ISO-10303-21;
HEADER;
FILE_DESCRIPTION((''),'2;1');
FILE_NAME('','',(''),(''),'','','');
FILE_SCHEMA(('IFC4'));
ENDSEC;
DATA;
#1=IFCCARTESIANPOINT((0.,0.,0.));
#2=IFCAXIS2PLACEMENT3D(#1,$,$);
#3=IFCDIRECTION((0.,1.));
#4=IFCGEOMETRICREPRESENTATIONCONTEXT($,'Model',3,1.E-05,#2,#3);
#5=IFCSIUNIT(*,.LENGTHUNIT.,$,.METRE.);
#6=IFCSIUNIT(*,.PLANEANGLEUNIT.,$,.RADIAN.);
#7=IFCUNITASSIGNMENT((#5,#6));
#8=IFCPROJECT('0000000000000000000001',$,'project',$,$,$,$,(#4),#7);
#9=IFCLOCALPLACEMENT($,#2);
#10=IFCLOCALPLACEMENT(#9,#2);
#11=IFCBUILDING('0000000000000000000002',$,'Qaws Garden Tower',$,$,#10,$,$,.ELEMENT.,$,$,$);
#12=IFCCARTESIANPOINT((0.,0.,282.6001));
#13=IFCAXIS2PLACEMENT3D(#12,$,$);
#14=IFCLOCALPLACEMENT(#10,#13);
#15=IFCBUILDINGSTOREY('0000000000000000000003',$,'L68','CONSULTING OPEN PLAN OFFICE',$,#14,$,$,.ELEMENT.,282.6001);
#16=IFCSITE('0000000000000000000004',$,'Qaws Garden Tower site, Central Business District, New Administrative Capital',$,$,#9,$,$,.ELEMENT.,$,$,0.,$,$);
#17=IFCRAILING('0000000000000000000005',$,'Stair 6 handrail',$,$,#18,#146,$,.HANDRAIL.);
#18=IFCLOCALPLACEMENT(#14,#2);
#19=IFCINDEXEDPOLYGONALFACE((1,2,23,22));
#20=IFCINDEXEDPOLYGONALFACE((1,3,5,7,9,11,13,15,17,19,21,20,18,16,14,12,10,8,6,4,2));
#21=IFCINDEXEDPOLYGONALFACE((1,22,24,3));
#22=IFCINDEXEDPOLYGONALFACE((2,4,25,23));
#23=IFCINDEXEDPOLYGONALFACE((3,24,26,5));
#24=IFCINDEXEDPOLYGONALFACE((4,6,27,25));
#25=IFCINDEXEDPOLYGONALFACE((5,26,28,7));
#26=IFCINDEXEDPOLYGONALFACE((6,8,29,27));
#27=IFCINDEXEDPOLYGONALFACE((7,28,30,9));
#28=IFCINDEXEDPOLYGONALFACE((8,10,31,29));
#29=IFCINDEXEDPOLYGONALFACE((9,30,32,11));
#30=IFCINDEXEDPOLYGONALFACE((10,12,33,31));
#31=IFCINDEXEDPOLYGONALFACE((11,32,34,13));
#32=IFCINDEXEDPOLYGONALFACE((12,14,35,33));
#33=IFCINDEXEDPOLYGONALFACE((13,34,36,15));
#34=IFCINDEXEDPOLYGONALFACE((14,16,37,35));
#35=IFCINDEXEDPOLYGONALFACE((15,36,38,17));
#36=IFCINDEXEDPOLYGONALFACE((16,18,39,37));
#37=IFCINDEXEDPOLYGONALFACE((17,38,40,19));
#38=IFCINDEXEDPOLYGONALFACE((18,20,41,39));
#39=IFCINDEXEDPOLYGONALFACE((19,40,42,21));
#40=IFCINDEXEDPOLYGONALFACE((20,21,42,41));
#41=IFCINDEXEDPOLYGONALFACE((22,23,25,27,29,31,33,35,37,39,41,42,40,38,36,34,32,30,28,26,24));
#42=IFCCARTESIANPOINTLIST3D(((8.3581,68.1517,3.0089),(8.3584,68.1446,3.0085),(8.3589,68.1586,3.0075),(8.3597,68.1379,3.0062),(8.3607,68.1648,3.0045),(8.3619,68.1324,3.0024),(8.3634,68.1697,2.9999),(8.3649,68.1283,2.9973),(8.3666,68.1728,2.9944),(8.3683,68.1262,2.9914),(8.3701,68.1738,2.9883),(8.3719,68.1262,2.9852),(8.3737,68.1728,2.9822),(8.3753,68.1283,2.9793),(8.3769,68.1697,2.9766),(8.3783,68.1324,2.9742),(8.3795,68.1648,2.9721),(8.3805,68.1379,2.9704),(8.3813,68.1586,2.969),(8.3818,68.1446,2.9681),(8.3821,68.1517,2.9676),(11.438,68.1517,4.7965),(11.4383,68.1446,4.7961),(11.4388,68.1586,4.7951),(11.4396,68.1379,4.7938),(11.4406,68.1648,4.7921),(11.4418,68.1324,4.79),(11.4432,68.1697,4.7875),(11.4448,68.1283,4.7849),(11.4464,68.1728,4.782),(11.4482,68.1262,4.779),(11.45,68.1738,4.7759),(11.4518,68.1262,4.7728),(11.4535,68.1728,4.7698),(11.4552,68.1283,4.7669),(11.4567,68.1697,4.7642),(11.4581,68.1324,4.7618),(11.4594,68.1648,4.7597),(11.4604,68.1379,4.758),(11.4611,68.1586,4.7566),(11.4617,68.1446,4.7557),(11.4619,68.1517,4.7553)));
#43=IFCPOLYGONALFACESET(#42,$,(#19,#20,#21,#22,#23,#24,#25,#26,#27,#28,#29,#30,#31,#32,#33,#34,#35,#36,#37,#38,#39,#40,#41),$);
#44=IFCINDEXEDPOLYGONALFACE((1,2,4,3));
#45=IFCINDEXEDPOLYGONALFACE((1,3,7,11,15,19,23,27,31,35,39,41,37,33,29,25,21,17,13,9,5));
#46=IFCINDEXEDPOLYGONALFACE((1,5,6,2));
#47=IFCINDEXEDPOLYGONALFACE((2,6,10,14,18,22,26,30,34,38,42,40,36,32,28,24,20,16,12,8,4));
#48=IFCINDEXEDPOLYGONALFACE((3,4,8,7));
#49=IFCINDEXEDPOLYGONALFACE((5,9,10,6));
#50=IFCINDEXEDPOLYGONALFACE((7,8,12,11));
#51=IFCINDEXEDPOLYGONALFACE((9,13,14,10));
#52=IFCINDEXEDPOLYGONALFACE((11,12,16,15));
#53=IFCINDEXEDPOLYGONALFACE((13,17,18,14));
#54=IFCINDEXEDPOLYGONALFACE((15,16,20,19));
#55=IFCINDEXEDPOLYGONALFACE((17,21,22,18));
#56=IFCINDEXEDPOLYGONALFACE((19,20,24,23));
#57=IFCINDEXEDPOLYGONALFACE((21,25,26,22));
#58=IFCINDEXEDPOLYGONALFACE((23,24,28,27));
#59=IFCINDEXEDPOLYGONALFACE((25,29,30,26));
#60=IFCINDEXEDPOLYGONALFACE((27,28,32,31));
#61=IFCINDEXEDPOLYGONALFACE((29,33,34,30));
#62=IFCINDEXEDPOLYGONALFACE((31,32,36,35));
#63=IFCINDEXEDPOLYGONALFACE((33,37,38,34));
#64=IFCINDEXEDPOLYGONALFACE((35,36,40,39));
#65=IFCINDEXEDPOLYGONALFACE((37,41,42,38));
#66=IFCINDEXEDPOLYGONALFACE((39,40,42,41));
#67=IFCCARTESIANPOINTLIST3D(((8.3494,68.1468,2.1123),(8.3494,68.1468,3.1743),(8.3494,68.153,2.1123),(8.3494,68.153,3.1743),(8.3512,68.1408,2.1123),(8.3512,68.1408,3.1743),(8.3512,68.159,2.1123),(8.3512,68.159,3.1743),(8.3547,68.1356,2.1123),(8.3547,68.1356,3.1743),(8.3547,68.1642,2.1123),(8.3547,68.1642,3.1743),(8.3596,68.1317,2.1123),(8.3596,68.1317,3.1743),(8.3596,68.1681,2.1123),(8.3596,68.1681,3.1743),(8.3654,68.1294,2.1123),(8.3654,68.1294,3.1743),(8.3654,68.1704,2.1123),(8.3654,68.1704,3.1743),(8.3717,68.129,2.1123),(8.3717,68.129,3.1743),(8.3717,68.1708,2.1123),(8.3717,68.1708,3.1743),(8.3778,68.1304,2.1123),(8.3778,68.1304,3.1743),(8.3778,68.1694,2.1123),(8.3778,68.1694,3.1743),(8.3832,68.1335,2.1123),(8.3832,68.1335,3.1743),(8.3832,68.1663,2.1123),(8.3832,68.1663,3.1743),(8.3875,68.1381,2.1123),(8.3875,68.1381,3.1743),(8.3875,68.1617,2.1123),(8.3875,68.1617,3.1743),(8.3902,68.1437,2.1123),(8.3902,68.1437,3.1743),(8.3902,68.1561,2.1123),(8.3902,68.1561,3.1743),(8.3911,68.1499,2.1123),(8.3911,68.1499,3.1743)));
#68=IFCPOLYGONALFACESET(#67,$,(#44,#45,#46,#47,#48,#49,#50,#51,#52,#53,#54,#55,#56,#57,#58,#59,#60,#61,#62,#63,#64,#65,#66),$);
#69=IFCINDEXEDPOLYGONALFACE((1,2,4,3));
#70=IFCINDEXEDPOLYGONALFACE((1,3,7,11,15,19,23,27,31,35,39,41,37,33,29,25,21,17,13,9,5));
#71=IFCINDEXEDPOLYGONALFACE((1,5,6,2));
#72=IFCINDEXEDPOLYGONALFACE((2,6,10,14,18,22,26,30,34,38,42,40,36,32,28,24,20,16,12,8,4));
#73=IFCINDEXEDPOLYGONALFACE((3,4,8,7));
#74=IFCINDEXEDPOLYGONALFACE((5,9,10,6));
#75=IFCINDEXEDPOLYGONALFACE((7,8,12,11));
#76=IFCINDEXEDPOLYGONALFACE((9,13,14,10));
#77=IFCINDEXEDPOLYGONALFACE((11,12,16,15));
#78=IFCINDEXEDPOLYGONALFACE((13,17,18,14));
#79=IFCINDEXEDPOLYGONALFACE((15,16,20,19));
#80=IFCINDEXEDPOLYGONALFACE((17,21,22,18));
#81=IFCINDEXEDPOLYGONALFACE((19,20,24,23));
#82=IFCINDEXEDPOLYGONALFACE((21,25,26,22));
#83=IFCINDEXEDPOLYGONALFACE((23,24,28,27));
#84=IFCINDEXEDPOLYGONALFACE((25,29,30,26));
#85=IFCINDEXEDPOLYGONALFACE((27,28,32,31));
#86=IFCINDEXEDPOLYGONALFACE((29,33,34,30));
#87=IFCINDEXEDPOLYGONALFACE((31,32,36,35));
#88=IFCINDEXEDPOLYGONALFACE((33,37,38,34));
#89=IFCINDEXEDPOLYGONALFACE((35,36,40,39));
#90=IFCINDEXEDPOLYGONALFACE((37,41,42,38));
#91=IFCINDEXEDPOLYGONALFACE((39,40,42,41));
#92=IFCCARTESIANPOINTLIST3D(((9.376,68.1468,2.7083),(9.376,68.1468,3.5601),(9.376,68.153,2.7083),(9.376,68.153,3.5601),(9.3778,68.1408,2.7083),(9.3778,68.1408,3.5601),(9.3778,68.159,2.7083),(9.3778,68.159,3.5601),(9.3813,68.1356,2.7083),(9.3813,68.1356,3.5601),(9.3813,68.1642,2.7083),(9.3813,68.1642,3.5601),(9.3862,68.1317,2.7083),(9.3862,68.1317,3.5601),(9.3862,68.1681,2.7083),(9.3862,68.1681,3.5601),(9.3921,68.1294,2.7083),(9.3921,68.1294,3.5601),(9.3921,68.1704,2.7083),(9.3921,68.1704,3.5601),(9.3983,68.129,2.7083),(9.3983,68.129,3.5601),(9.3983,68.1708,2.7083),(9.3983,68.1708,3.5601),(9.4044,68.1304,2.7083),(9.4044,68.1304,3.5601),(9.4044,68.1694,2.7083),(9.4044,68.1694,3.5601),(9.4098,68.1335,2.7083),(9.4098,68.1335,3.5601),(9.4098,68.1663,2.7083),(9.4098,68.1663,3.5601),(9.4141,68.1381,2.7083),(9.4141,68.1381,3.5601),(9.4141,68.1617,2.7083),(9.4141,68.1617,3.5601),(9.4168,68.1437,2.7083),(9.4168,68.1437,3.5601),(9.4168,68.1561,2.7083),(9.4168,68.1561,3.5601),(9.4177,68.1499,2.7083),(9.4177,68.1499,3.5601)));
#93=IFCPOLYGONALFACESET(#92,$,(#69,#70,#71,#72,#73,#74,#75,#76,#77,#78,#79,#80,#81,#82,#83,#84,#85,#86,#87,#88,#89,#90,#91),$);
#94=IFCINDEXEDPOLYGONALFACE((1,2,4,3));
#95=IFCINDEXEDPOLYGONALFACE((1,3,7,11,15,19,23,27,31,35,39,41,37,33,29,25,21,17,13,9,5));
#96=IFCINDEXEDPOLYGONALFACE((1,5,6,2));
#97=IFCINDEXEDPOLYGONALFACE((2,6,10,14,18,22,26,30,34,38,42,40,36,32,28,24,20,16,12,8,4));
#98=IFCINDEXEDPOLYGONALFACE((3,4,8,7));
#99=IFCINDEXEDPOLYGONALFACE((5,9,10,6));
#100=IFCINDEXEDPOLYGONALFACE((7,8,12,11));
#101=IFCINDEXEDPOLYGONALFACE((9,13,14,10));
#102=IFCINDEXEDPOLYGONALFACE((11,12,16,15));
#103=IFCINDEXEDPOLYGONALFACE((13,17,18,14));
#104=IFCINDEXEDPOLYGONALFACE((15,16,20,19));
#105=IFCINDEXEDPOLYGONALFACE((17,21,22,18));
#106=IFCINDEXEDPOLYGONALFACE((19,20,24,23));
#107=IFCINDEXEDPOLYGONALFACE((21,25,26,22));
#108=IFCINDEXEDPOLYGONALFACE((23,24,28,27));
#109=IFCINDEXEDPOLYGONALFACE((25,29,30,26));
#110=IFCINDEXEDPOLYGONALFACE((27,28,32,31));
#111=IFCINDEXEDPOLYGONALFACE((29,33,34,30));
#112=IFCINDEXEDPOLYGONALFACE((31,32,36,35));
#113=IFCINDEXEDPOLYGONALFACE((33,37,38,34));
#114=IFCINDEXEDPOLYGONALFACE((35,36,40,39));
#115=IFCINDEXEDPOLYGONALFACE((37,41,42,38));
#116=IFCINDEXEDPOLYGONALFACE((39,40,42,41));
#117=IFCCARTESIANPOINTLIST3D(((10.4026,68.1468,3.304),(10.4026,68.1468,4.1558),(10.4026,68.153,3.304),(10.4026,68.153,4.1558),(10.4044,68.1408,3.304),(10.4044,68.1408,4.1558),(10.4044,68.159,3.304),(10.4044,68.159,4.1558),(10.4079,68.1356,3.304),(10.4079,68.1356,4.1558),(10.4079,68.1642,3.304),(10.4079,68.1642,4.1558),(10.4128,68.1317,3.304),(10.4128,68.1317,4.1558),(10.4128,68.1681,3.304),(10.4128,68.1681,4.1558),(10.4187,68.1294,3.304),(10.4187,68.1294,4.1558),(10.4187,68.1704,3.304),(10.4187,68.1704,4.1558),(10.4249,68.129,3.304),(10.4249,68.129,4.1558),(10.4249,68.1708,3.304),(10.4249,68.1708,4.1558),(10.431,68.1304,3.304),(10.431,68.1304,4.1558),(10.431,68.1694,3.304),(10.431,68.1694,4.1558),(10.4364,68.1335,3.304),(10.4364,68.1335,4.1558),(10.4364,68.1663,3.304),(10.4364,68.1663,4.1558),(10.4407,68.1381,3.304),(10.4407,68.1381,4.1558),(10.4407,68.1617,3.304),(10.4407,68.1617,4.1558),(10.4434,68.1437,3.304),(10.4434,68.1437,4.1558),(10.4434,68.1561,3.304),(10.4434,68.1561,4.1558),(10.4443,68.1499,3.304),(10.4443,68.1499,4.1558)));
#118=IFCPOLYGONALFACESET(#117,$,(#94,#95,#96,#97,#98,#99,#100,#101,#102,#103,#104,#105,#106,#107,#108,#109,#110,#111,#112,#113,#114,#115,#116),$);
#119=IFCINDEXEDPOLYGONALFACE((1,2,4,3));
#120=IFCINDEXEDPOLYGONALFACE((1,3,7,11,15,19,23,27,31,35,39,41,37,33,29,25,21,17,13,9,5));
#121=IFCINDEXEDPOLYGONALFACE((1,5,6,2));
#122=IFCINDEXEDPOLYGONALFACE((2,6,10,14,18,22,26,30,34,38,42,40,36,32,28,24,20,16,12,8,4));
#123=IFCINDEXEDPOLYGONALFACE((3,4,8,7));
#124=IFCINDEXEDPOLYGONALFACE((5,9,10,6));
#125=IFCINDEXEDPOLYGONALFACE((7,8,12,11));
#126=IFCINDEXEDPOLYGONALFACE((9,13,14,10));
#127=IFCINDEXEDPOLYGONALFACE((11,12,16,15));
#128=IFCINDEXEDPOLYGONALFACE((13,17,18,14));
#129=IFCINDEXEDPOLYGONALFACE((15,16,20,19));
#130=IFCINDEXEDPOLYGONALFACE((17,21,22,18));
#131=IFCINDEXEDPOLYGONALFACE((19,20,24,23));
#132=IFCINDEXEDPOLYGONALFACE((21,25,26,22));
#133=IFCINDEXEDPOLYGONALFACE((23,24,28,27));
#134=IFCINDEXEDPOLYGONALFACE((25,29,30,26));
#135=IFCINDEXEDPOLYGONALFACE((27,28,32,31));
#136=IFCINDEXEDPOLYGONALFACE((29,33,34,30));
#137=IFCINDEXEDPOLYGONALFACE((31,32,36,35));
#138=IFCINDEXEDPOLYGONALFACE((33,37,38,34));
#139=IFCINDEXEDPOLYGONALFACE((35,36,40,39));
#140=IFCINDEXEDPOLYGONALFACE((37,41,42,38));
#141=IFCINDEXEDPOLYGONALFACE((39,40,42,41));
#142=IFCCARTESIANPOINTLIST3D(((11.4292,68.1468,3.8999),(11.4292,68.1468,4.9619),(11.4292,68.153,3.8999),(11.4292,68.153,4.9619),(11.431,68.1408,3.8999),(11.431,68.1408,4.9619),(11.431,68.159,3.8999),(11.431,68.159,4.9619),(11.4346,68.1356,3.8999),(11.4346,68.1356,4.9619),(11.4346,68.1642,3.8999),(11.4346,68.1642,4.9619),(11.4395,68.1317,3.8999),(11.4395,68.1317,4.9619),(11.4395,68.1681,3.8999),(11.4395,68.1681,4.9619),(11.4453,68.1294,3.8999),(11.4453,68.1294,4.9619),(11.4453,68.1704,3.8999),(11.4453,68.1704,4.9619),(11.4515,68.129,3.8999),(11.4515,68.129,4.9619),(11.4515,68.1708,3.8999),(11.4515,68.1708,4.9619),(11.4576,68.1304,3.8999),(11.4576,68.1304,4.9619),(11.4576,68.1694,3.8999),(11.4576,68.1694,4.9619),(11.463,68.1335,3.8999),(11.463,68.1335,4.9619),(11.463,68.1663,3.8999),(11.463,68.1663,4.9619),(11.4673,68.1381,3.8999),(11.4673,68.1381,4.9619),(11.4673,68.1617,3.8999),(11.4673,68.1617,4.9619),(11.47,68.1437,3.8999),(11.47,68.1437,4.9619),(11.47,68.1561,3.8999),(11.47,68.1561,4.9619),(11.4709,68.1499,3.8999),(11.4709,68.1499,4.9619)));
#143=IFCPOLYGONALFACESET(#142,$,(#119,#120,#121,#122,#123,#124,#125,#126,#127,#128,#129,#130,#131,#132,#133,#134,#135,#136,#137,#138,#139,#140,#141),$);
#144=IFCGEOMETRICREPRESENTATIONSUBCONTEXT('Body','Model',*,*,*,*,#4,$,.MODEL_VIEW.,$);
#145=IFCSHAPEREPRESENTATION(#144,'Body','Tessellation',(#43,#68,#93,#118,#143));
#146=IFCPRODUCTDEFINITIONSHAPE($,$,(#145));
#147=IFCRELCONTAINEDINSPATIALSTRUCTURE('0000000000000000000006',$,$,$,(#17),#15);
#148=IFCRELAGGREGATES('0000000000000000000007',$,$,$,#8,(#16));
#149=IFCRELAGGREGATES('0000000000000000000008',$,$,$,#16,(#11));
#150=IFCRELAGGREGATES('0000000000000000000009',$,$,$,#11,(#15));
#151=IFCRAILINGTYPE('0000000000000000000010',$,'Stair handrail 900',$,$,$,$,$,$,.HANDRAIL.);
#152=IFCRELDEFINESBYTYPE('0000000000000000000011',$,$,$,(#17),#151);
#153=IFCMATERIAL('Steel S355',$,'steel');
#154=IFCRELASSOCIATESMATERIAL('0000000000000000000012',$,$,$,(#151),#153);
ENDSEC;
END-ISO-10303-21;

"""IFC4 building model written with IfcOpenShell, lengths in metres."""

from ifc_helpers import new_model, si_unit, direction, frame, origin, origin_2d, place, context, subcontext, project, spatial, circle, extrude, material, type_object, element, save


model = new_model("IFC4")

# Units and contexts
model_context = context("Model", 3, precision=1e-05, world=origin(), true_north=direction((0.0, 1.0)))
body_context = subcontext(model_context, "Body", "Model", "MODEL_VIEW")
ifc_project = project(units=[si_unit("LENGTHUNIT", "METRE"), si_unit("PLANEANGLEUNIT", "RADIAN")], contexts=[model_context])

# Site, building, storey
site_placement = place(None, origin())
site = spatial("IfcSite", under=ifc_project, at=site_placement, Name="Qaws Garden Tower site, Central Business District, New Administrative Capital", CompositionType="ELEMENT", RefElevation=0.0)
building_placement = place(site_placement, origin())
building = spatial("IfcBuilding", under=site, at=building_placement, Name="Qaws Garden Tower", CompositionType="ELEMENT")
storey_placement = place(building_placement, frame((0.0, 0.0, 282.6001)))
storey = spatial("IfcBuildingStorey", under=building, at=storey_placement, Name="L68", Description="CONSULTING OPEN PLAN OFFICE", CompositionType="ELEMENT", Elevation=282.6001)

# Railing
ifc_material_1 = material(Name="Steel S355", Category="steel")
railing_type = type_object("IfcRailingType", Name="Stair handrail 900", PredefinedType="HANDRAIL", material=ifc_material_1)
railing_1_placement = place(storey_placement, frame((8.3701, 68.1499, 2.1123)))
element("IfcRailing", 1, at=railing_1_placement, inside=storey, type_object=railing_type, Name="Stair 6 handrail", PredefinedType="HANDRAIL", context=body_context, shape_type="SweptSolid", body=[
    extrude(circle(Radius=0.0239, at=origin_2d()), frame((0.0, 0.0, 0.876), z_axis=(0.864873, 0.0, 0.50199), x_axis=(0.0, 1.0, 0.0)), (0.0, 0.0, 1.0), 3.561),
    extrude(circle(Radius=0.021, at=origin_2d()), origin(), (0.0, 0.0, 1.0), 1.062),
    extrude(circle(Radius=0.021, at=origin_2d()), frame((1.0266, 0.0, 0.5959)), (0.0, 0.0, 1.0), 0.8518),
    extrude(circle(Radius=0.021, at=origin_2d()), frame((2.0532, 0.0, 1.1917)), (0.0, 0.0, 1.0), 0.8518),
    extrude(circle(Radius=0.021, at=origin_2d()), frame((3.0798, 0.0, 1.7876)), (0.0, 0.0, 1.0), 1.062),
])

save(model, "model.ifc")
